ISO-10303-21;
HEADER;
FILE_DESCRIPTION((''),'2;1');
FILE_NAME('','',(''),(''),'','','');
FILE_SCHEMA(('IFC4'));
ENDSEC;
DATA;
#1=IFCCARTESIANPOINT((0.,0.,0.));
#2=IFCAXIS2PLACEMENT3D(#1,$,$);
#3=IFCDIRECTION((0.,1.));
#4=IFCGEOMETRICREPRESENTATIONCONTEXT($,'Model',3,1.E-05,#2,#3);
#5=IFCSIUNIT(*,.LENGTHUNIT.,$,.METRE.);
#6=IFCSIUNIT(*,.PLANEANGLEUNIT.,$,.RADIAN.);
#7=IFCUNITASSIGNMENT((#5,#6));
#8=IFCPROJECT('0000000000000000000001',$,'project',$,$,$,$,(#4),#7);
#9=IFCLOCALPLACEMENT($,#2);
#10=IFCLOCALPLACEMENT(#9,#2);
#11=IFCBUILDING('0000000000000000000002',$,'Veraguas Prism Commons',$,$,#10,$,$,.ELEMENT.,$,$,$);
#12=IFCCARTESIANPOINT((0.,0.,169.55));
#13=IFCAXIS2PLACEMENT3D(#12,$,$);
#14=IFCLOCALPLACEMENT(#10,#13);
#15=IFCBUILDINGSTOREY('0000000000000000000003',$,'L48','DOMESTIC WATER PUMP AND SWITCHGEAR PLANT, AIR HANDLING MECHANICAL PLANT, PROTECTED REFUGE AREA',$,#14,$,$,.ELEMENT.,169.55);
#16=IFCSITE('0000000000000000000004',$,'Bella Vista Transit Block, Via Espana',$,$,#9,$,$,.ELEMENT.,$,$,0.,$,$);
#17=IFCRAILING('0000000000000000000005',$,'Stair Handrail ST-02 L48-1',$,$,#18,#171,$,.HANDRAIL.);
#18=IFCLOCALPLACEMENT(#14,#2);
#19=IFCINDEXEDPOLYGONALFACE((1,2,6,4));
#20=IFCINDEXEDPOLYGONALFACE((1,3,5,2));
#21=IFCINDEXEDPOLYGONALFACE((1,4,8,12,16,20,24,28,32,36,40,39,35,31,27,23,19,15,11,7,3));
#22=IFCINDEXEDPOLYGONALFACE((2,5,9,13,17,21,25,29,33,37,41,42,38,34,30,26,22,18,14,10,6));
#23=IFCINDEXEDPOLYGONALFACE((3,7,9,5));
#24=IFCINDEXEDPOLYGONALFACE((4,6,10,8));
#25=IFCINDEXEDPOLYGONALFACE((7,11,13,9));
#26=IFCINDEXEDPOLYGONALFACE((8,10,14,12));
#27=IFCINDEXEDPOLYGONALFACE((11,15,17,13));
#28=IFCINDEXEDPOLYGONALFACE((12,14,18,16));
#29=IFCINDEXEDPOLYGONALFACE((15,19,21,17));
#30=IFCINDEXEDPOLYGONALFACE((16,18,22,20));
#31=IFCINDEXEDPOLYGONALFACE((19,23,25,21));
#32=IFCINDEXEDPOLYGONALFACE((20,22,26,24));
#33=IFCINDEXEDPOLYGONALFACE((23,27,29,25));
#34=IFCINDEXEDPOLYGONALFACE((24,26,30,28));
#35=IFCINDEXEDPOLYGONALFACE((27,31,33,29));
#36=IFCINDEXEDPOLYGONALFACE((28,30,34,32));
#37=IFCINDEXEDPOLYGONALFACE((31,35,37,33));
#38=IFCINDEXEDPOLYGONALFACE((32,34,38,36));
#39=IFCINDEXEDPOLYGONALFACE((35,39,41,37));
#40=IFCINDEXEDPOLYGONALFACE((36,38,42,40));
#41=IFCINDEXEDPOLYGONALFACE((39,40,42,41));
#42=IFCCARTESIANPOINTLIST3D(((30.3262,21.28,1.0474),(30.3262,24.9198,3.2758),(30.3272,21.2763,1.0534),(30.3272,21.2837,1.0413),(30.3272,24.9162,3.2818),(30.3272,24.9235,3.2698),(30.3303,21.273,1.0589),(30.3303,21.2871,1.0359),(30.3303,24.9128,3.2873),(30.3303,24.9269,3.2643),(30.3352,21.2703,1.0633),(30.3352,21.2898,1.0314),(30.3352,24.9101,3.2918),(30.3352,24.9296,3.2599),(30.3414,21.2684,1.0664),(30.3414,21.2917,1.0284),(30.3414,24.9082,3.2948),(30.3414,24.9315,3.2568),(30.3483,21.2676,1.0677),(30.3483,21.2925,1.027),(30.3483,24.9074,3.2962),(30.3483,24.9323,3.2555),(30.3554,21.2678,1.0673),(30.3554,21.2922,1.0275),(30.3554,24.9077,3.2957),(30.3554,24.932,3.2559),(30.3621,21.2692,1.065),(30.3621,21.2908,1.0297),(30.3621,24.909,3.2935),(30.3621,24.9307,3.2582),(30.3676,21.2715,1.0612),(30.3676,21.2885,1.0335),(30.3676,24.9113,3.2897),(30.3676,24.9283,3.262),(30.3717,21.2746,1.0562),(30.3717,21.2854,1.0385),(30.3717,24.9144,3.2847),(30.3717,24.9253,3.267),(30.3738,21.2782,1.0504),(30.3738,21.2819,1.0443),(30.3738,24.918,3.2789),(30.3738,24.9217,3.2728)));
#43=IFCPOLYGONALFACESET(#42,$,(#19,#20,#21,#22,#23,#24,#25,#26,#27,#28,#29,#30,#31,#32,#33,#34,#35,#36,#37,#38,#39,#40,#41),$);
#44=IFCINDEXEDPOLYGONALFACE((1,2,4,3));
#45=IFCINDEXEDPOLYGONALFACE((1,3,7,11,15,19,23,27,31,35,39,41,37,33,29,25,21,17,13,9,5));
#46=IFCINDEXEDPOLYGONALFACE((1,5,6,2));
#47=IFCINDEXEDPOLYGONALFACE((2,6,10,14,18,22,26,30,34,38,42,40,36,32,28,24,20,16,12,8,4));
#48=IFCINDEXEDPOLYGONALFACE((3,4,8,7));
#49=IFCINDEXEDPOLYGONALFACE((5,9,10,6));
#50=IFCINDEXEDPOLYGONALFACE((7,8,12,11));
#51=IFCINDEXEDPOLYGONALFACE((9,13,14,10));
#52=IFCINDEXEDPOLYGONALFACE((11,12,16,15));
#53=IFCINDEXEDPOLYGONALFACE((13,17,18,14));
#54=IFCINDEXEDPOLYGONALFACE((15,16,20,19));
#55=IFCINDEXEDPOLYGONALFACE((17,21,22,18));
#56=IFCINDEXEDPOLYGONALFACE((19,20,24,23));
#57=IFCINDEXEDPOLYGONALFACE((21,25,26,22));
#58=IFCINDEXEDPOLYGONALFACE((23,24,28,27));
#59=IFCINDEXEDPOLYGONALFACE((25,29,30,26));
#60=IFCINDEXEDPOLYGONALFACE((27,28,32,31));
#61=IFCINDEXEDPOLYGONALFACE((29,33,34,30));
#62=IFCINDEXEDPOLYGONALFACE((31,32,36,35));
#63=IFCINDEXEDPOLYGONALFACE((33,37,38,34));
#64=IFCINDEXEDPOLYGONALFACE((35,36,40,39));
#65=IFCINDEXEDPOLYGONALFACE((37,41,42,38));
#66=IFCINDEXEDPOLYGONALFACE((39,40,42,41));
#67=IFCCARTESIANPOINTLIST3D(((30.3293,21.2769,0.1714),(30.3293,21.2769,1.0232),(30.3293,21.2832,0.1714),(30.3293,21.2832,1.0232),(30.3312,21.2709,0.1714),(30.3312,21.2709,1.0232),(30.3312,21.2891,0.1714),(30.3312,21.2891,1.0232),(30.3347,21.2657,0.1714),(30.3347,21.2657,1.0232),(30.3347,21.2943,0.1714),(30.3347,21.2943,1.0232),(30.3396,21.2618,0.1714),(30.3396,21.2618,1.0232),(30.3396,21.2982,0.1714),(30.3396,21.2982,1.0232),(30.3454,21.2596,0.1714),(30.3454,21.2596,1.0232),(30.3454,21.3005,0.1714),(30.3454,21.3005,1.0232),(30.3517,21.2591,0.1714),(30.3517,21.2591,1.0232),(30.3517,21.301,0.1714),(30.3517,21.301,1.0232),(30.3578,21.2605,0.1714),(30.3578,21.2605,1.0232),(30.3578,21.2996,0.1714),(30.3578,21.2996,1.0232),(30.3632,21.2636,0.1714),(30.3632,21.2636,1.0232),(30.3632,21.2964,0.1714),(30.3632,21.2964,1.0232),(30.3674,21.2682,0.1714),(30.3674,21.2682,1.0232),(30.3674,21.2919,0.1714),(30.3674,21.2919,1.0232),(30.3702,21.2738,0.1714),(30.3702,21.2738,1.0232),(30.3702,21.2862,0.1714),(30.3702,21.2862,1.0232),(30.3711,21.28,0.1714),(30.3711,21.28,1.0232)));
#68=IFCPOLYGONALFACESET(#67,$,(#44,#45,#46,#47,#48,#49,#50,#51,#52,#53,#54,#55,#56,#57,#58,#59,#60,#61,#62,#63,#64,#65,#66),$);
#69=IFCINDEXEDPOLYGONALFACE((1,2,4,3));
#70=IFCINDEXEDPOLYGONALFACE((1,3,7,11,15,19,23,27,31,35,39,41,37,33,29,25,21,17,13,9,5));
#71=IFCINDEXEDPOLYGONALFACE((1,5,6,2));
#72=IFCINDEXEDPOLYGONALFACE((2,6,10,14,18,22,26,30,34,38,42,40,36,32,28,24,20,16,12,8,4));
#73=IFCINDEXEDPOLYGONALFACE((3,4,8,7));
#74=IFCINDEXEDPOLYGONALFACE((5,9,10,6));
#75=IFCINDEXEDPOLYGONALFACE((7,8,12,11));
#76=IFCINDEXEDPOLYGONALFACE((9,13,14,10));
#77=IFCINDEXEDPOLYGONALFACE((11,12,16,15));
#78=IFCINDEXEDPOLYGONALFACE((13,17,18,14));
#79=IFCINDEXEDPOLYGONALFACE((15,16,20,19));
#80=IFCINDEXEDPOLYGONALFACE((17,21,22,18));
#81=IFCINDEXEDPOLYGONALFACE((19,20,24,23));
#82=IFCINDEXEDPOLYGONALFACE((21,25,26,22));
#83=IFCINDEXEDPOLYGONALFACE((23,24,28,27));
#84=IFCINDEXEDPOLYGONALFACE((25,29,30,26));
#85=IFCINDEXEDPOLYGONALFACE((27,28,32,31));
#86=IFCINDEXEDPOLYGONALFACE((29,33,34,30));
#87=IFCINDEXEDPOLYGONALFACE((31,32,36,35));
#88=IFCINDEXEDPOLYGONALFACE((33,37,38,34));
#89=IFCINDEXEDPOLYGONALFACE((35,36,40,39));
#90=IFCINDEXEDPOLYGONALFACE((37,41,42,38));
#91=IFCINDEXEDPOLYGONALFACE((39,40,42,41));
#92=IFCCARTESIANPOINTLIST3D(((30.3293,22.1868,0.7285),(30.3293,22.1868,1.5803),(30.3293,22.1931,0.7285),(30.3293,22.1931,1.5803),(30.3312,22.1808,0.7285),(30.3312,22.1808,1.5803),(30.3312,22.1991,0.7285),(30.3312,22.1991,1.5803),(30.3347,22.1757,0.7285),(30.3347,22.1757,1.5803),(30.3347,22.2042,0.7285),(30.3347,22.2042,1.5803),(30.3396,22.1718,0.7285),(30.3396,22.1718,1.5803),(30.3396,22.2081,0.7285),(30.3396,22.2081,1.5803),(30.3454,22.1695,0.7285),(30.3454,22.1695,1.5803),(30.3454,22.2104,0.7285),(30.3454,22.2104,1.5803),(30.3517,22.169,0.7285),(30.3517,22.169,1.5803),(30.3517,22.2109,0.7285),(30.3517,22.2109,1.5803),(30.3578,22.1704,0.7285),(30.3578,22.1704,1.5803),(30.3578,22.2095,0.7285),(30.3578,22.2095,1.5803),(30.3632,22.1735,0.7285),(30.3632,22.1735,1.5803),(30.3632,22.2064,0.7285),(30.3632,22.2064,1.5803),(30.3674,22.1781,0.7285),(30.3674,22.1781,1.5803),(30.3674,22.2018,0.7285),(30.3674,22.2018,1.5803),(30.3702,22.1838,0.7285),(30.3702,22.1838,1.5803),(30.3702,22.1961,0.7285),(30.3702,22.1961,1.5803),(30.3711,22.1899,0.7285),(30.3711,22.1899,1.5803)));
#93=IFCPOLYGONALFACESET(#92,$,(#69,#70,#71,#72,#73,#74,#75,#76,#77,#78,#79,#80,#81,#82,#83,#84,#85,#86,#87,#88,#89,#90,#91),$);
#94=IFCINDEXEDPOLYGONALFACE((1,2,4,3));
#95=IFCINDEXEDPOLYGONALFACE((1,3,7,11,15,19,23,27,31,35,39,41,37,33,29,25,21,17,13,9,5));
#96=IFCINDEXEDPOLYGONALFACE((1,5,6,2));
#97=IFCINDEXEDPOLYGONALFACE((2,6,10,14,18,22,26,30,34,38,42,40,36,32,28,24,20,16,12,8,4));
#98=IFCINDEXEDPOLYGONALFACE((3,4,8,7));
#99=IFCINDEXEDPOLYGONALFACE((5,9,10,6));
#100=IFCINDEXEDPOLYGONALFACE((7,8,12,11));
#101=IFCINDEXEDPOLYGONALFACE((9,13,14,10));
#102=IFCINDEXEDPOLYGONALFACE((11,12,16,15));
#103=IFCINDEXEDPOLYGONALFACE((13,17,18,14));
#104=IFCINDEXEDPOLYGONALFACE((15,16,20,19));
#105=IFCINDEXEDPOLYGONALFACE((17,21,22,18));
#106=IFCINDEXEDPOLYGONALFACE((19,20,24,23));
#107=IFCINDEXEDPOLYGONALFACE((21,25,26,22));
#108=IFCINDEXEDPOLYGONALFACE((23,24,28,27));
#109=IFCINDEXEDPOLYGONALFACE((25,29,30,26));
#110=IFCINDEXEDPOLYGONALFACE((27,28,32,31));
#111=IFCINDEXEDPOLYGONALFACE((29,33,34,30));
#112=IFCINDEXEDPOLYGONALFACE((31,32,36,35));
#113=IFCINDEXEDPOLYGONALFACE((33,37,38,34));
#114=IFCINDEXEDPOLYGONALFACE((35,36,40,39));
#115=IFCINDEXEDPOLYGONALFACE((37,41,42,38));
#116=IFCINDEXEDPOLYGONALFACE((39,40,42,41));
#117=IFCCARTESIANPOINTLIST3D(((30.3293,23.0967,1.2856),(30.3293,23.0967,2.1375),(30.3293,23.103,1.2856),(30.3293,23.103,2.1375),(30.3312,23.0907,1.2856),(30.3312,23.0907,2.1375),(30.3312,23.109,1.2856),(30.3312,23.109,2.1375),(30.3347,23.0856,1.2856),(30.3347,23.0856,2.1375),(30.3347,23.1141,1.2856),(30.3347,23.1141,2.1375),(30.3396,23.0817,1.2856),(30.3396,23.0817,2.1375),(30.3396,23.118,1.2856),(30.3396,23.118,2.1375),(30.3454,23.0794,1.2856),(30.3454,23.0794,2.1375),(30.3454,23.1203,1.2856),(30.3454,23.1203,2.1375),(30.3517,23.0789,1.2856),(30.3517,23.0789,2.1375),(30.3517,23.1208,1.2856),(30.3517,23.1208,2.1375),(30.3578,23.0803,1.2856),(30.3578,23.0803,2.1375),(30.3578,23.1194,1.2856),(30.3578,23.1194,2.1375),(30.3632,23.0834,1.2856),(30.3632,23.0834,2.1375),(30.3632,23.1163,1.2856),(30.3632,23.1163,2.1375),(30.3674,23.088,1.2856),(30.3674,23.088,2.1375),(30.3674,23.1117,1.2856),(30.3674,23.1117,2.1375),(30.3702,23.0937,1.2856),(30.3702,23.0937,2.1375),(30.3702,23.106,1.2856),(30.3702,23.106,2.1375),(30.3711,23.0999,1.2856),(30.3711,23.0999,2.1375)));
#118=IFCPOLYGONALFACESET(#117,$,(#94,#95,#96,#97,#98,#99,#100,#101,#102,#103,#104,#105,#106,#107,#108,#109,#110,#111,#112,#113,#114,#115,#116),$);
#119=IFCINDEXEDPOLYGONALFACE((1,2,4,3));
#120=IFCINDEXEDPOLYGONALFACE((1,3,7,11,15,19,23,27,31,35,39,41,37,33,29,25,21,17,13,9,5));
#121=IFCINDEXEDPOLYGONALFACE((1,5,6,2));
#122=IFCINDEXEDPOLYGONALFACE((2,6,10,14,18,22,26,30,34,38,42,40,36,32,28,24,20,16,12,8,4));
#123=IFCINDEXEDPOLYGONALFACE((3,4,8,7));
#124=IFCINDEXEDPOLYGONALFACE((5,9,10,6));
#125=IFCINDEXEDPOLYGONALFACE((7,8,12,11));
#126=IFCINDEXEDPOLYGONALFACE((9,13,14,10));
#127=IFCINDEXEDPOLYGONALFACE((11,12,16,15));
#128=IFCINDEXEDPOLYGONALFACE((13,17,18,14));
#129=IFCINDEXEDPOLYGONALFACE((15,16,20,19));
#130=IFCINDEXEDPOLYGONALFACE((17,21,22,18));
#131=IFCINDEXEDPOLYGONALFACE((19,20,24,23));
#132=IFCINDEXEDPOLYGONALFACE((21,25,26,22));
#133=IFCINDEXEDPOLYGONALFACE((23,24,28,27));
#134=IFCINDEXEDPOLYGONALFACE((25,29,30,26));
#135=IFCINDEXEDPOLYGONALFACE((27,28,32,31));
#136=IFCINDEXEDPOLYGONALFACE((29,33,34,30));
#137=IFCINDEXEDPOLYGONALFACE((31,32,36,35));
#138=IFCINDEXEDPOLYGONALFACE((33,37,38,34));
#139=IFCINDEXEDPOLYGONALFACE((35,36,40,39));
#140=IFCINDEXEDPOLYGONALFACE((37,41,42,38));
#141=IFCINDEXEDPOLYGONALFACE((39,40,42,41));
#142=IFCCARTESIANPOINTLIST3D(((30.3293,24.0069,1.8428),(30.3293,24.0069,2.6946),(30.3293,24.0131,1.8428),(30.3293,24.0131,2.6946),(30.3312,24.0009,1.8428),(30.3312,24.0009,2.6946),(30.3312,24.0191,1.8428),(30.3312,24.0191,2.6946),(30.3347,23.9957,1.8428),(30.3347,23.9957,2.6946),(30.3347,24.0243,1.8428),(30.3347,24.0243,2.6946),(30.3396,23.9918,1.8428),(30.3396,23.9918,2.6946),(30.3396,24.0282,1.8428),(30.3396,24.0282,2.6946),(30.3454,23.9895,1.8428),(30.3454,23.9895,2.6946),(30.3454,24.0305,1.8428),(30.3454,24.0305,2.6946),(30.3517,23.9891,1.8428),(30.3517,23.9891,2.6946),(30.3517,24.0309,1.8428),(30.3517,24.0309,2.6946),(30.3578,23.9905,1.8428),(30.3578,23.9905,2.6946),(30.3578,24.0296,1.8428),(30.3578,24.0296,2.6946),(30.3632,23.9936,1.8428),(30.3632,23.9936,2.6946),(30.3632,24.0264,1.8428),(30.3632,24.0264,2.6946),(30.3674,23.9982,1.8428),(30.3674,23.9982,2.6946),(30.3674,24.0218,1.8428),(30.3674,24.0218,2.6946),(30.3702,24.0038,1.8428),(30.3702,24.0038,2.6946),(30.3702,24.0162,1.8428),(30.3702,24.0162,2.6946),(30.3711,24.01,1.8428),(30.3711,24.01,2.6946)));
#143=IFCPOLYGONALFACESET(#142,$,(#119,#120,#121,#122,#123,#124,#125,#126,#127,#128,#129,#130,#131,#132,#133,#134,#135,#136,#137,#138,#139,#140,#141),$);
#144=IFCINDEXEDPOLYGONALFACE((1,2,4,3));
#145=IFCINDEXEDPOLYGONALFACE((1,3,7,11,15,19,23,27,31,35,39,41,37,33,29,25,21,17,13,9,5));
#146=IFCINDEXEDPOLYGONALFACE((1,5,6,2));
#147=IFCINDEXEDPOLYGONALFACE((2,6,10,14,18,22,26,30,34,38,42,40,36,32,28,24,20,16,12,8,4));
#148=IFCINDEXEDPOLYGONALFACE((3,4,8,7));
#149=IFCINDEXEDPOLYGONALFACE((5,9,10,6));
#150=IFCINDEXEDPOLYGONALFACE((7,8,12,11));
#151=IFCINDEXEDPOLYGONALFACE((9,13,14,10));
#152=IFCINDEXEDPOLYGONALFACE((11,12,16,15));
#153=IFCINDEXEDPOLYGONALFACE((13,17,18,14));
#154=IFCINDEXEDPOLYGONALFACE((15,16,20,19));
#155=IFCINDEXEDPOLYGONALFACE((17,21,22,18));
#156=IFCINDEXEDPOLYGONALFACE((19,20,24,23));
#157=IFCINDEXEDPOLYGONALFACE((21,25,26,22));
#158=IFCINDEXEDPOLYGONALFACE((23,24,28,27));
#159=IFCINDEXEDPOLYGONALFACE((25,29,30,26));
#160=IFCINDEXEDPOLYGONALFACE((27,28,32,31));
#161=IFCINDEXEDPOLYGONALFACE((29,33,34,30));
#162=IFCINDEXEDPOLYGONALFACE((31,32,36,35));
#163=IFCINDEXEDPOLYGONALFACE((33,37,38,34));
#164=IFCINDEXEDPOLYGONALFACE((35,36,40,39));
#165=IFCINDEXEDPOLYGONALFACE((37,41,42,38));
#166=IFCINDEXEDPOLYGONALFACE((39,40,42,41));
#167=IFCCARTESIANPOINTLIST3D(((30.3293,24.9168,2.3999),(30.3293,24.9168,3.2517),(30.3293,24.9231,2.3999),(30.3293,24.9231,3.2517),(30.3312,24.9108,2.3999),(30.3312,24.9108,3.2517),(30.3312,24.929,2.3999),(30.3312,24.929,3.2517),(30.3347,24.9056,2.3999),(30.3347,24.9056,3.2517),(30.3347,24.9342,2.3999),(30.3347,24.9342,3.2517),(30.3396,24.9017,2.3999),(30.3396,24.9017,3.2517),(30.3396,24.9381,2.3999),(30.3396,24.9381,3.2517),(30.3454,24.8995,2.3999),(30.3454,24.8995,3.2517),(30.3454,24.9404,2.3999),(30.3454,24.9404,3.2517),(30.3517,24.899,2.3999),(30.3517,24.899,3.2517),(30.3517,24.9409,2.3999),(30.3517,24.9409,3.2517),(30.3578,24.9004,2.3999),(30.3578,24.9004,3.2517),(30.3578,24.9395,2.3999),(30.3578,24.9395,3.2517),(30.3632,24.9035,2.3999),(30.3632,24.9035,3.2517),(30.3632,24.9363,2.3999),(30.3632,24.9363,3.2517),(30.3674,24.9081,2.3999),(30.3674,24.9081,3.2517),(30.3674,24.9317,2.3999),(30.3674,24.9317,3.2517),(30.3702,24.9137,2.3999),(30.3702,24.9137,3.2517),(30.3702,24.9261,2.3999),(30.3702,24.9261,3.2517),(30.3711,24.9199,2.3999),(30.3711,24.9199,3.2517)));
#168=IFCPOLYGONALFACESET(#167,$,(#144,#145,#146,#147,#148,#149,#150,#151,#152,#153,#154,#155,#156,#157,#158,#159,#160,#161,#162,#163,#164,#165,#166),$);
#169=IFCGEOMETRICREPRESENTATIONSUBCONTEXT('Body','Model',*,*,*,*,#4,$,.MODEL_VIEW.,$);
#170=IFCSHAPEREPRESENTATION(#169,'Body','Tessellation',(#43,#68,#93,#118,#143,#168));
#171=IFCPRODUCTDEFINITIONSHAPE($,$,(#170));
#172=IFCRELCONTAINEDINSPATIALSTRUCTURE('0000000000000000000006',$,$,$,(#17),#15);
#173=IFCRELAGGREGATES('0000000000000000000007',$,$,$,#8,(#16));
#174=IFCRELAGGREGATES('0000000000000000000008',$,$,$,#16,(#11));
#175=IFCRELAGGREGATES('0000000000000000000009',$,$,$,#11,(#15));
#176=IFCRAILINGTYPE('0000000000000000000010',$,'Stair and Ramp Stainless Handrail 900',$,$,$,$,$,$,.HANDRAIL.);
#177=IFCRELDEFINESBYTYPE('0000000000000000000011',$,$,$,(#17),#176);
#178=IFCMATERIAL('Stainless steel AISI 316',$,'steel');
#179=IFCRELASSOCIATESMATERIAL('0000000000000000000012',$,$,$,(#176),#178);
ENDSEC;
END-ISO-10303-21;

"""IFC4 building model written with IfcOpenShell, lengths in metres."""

from ifc_helpers import new_model, si_unit, direction, frame, origin, origin_2d, place, context, subcontext, project, spatial, circle, extrude, material, type_object, element, save


model = new_model("IFC4")

# Units and contexts
model_context = context("Model", 3, precision=1e-05, world=origin(), true_north=direction((0.0, 1.0)))
body_context = subcontext(model_context, "Body", "Model", "MODEL_VIEW")
ifc_project = project(units=[si_unit("LENGTHUNIT", "METRE"), si_unit("PLANEANGLEUNIT", "RADIAN")], contexts=[model_context])

# Site, building, storey
site_placement = place(None, origin())
site = spatial("IfcSite", under=ifc_project, at=site_placement, Name="Bella Vista Transit Block, Via Espana", CompositionType="ELEMENT", RefElevation=0.0)
building_placement = place(site_placement, origin())
building = spatial("IfcBuilding", under=site, at=building_placement, Name="Veraguas Prism Commons", CompositionType="ELEMENT")
storey_placement = place(building_placement, frame((0.0, 0.0, 169.55)))
storey = spatial("IfcBuildingStorey", under=building, at=storey_placement, Name="L48", Description="DOMESTIC WATER PUMP AND SWITCHGEAR PLANT, AIR HANDLING MECHANICAL PLANT, PROTECTED REFUGE AREA", CompositionType="ELEMENT", Elevation=169.55)

# Railing
ifc_material_1 = material(Name="Stainless steel AISI 316", Category="steel")
railing_type = type_object("IfcRailingType", Name="Stair and Ramp Stainless Handrail 900", PredefinedType="HANDRAIL", material=ifc_material_1)
railing_placement = place(storey_placement, frame((30.3501, 21.28, 0.1714)))
element("IfcRailing", 1, at=railing_placement, inside=storey, type_object=railing_type, Name="Stair Handrail ST-02 L48-1", PredefinedType="HANDRAIL", context=body_context, shape_type="SweptSolid", body=[
    extrude(circle(Radius=0.0239, at=origin_2d()), frame((0.0, 0.0, 0.876), z_axis=(0.0, 0.85285, 0.522156), x_axis=(-1.0, 0.0, 0.0)), (0.0, 0.0, 1.0), 4.2678),
    extrude(circle(Radius=0.021, at=origin_2d()), origin(), (0.0, 0.0, 1.0), 0.8518),
    extrude(circle(Radius=0.021, at=origin_2d()), frame((0.0, 0.9099, 0.5571)), (0.0, 0.0, 1.0), 0.8518),
    extrude(circle(Radius=0.021, at=origin_2d()), frame((0.0, 1.8198, 1.1143)), (0.0, 0.0, 1.0), 0.8518),
    extrude(circle(Radius=0.021, at=origin_2d()), frame((0.0, 2.73, 1.6714)), (0.0, 0.0, 1.0), 0.8518),
    extrude(circle(Radius=0.021, at=origin_2d()), frame((0.0, 3.6399, 2.2285)), (0.0, 0.0, 1.0), 0.8518),
])

save(model, "model.ifc")
